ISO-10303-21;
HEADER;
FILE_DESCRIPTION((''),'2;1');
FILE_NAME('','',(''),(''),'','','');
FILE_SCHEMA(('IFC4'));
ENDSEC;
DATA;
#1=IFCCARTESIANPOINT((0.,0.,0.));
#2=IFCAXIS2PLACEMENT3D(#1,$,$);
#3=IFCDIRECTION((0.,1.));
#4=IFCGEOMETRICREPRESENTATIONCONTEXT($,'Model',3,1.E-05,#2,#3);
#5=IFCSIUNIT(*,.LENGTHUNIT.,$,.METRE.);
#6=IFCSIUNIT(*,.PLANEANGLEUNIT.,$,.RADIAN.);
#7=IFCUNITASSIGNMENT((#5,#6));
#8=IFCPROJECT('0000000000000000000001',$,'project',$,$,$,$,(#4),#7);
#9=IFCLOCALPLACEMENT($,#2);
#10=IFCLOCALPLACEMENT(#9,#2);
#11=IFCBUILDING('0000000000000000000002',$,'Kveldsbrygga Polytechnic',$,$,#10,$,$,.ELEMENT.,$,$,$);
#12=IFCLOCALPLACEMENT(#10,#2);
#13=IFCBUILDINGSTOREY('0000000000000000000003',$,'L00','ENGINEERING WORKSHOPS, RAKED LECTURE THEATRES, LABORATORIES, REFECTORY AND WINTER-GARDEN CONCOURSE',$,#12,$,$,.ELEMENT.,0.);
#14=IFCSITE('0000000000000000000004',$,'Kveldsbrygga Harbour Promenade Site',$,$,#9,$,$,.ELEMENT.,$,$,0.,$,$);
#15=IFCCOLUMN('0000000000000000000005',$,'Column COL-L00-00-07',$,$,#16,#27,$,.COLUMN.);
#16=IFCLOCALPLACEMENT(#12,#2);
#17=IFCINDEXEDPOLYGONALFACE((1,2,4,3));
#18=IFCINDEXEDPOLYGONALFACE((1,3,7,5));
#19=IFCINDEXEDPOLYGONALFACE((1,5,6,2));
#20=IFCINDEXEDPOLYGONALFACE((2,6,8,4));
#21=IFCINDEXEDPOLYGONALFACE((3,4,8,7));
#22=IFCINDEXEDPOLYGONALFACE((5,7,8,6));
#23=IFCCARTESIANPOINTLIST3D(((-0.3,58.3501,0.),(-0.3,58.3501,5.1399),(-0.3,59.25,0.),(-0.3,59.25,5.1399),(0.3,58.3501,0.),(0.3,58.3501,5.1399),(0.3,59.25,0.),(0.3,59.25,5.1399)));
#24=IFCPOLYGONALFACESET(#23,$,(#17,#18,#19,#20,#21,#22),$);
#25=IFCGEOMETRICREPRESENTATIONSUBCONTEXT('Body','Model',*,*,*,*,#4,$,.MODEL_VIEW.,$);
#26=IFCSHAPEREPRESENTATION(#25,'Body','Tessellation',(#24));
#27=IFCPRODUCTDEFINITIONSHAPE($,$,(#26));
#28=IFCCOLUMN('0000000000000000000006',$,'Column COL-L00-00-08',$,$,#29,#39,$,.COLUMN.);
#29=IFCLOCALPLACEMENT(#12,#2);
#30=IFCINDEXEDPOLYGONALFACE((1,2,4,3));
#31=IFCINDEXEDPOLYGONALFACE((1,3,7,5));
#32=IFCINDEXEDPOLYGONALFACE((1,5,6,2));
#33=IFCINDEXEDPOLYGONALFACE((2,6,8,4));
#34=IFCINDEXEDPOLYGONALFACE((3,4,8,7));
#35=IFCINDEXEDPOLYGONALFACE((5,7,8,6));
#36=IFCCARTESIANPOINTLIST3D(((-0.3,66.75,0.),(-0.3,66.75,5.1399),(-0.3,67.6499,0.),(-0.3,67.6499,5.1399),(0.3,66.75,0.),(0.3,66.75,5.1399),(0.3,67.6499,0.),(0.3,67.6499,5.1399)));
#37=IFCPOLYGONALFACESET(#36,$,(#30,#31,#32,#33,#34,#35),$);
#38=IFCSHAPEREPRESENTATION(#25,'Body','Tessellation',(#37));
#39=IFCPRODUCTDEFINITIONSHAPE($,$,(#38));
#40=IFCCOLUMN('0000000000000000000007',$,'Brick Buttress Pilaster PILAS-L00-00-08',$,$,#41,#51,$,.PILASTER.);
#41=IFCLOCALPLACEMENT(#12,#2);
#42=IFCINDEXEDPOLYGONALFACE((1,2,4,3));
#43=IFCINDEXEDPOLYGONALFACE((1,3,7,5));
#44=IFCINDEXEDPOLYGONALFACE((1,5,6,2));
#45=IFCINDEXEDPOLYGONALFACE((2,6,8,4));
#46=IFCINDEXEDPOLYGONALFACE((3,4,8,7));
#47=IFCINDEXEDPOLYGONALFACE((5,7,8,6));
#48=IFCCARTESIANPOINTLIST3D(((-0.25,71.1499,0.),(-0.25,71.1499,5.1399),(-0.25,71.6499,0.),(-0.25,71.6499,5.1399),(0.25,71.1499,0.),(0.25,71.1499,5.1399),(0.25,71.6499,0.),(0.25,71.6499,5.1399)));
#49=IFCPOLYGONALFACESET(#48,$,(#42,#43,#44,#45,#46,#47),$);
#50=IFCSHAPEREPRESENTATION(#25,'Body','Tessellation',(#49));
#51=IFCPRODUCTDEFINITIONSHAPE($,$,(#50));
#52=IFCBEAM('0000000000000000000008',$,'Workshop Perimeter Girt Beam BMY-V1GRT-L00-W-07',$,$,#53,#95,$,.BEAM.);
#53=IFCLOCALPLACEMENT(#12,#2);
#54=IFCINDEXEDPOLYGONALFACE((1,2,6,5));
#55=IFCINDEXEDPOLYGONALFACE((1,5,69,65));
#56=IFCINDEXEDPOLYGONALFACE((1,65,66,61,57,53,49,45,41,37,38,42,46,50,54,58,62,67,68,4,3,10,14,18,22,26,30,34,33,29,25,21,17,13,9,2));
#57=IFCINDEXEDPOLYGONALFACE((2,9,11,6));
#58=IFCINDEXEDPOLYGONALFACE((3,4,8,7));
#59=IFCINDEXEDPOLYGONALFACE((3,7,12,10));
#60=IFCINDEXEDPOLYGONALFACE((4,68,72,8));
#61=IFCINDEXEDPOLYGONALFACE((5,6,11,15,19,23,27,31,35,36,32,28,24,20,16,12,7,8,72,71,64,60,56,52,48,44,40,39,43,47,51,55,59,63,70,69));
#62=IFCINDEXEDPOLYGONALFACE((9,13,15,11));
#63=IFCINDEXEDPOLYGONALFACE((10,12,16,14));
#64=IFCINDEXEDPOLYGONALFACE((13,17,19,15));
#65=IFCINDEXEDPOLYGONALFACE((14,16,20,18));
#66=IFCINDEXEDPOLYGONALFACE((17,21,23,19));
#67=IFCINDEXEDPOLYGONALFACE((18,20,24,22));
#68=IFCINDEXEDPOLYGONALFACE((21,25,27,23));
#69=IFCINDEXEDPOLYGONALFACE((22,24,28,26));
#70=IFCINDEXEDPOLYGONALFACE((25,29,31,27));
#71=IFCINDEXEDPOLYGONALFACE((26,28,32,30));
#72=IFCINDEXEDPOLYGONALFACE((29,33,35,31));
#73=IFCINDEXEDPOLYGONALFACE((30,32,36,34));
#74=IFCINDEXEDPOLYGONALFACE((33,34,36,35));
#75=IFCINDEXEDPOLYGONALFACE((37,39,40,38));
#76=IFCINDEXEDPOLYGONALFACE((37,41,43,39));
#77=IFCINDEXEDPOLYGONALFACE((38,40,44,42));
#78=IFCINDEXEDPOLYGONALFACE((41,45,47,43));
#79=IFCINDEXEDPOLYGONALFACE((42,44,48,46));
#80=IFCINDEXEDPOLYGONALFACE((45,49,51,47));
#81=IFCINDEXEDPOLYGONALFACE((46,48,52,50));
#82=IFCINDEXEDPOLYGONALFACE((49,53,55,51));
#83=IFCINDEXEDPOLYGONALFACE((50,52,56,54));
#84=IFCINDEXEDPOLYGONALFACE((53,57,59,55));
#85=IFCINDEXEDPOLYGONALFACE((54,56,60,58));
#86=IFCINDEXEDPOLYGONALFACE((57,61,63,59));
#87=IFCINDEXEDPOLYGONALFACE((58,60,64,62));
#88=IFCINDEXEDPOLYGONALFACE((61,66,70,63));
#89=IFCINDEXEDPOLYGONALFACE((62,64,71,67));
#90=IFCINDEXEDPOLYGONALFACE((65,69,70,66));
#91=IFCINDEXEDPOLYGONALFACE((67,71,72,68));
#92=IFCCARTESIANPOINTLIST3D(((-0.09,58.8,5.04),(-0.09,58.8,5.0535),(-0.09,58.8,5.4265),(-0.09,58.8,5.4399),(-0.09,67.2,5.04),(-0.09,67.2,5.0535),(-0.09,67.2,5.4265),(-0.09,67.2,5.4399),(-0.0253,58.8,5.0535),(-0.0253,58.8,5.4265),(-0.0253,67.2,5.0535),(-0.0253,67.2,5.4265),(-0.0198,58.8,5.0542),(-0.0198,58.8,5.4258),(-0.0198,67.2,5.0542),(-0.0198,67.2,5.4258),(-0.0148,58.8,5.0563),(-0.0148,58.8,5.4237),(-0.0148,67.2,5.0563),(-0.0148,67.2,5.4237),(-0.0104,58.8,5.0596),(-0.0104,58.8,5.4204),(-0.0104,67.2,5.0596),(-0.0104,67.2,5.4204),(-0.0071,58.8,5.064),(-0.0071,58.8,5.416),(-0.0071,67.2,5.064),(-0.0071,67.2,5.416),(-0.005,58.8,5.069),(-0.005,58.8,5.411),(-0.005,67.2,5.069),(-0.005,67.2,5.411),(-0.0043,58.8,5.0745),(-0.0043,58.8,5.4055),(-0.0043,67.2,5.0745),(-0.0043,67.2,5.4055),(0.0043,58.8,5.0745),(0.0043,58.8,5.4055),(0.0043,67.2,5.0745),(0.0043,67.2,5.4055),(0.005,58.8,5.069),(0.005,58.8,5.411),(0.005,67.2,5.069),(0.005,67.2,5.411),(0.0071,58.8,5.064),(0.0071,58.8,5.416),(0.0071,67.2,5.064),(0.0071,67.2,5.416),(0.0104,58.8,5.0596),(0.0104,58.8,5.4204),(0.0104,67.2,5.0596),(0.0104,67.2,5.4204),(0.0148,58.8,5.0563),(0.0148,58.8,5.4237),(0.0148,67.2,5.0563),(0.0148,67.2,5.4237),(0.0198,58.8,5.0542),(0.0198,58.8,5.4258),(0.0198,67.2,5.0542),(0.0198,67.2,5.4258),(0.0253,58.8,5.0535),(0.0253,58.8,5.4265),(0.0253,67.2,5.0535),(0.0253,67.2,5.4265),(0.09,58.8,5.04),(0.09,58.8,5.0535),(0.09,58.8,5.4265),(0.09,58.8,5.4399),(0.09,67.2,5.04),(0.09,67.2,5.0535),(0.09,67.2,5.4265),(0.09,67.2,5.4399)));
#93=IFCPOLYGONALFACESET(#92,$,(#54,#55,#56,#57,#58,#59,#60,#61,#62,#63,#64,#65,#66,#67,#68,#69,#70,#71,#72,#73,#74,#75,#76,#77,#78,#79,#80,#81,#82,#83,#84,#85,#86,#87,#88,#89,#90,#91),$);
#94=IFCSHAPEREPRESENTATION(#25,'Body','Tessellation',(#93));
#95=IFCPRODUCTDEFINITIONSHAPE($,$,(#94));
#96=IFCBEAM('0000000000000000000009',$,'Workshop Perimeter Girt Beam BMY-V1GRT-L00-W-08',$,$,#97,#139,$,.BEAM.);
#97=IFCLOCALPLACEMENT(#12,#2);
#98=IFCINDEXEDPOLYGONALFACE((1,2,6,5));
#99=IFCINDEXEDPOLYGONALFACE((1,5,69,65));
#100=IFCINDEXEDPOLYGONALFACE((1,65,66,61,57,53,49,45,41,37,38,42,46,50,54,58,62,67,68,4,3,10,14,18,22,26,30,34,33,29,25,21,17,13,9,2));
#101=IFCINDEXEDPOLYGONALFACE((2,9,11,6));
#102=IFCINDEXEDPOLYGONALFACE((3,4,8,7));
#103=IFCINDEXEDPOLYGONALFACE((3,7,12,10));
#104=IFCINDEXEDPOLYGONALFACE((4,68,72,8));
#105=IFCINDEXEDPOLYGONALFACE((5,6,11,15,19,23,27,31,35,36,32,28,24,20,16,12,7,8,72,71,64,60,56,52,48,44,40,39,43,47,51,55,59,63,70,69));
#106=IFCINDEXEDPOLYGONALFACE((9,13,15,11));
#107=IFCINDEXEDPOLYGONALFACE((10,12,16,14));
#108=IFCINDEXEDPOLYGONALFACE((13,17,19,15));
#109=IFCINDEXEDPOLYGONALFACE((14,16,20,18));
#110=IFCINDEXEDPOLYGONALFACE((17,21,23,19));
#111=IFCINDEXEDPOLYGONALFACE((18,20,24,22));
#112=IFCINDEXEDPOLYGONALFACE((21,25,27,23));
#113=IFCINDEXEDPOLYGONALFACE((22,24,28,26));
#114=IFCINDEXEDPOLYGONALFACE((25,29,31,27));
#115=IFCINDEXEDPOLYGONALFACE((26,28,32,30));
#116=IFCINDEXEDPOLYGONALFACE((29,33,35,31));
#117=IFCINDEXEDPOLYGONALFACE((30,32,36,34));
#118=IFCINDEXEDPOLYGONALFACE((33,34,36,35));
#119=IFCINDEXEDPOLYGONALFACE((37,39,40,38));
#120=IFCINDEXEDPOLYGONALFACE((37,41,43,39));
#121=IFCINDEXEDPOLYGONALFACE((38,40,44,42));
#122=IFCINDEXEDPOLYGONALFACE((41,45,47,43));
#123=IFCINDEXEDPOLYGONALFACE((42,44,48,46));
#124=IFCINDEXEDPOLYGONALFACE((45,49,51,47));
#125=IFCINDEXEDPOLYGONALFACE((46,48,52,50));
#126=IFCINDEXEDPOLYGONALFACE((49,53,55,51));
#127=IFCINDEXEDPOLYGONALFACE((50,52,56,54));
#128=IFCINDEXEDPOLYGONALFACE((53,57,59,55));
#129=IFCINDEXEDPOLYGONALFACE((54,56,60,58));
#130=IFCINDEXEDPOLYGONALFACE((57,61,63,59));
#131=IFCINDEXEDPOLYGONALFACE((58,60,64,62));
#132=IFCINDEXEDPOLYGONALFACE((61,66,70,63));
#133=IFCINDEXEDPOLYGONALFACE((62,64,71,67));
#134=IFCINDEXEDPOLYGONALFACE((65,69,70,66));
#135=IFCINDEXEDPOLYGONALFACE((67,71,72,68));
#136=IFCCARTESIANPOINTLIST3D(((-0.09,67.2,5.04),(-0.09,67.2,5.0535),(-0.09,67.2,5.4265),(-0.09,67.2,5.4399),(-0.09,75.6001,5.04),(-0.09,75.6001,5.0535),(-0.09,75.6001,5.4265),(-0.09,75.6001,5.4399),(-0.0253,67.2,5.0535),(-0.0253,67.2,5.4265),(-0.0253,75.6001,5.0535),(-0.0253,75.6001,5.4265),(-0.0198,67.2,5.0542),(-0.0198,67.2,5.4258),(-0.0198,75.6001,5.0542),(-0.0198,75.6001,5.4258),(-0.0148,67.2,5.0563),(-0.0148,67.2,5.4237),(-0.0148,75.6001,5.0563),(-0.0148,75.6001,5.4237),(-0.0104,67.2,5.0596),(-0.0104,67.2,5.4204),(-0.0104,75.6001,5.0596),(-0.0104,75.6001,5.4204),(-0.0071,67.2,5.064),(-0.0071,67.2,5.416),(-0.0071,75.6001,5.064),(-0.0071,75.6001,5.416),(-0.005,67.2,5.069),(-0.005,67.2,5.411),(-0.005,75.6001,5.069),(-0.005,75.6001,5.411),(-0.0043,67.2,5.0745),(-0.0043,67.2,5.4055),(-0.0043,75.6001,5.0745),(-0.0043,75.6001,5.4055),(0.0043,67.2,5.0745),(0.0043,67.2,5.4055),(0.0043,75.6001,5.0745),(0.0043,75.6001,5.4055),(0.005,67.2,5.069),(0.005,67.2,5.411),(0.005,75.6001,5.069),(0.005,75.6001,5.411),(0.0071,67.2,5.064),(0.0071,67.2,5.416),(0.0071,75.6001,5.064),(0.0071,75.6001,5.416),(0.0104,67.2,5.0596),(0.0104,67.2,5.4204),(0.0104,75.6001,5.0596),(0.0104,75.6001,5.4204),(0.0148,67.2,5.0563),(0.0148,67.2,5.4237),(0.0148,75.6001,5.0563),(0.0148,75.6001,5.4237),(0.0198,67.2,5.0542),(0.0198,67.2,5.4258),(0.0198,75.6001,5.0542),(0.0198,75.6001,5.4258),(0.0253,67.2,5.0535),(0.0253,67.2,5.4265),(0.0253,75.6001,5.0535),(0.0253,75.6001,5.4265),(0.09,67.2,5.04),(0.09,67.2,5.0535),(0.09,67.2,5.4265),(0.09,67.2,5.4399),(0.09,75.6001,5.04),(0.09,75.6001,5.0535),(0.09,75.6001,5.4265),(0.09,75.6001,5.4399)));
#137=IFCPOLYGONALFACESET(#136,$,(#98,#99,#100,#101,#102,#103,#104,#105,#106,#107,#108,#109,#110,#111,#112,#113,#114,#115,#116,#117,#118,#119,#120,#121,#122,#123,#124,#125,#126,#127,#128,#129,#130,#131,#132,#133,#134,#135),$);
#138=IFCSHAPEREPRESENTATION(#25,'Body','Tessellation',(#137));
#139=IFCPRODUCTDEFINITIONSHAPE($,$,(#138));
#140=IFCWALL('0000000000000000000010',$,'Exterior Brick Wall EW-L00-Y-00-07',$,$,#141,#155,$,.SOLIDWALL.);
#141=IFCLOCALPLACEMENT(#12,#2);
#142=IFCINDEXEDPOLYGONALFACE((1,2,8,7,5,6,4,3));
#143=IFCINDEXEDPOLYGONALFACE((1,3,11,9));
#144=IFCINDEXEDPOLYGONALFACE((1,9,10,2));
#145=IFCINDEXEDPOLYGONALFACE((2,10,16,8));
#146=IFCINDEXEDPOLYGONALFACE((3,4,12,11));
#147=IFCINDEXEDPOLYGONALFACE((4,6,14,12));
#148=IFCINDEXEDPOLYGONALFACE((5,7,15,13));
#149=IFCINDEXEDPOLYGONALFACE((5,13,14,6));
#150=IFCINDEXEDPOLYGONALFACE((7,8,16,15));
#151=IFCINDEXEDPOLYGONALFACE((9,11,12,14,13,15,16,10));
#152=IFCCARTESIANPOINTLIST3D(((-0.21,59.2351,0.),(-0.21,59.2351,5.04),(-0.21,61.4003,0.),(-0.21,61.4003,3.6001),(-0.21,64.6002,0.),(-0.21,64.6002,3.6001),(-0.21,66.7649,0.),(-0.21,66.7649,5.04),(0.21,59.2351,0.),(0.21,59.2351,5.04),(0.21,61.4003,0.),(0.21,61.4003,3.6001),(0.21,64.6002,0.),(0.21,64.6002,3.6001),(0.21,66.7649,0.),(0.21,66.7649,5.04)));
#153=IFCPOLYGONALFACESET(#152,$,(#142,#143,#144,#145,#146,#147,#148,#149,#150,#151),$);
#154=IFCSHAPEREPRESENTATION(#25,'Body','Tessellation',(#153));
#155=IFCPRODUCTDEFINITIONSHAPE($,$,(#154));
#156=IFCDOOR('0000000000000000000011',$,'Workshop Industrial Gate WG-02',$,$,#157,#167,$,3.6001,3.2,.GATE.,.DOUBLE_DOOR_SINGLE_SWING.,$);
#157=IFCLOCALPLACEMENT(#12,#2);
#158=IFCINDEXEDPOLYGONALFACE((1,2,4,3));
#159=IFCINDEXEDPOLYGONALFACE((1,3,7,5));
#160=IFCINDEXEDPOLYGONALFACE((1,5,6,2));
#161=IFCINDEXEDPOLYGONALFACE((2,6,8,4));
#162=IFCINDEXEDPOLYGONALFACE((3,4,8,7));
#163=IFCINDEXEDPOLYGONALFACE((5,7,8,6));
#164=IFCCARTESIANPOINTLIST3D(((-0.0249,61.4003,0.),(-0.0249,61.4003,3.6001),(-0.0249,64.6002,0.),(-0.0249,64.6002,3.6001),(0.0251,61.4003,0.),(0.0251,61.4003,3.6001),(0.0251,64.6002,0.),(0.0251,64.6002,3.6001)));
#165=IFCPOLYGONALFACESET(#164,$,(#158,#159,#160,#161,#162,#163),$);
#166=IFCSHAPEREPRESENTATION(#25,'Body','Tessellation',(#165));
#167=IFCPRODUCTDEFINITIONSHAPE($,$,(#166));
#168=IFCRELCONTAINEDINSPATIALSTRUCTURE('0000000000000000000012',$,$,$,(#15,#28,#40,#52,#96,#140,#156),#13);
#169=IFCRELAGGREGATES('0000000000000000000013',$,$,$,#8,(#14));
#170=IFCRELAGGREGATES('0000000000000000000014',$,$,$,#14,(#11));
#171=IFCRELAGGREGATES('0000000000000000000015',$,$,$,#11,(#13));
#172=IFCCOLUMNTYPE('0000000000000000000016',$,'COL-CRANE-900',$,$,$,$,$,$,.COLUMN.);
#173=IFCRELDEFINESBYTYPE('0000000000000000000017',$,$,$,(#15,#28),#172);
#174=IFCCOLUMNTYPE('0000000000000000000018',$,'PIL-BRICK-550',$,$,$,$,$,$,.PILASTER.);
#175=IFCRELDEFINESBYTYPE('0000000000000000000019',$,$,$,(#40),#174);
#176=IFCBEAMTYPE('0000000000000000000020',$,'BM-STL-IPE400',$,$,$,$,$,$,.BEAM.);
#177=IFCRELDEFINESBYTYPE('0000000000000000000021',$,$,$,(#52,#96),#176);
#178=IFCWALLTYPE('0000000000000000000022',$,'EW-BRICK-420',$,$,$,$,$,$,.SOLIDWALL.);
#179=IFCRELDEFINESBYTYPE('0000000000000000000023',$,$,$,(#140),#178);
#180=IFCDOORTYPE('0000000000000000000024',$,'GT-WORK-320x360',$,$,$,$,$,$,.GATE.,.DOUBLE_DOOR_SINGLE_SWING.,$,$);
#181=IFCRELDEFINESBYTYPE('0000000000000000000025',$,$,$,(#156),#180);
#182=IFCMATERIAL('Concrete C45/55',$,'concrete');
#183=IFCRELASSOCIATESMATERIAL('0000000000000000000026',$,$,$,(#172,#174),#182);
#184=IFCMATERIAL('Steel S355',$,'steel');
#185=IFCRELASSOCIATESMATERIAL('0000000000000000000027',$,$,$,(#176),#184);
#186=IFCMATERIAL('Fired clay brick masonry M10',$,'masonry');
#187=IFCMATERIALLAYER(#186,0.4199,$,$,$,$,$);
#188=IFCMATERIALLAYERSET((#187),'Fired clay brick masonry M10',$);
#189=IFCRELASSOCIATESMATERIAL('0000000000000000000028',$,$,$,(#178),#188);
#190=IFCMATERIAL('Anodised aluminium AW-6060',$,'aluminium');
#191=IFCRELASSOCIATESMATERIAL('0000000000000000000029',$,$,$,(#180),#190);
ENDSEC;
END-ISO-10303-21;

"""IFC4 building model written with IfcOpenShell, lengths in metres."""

from ifc_helpers import new_model, si_unit, direction, frame, frame_2d, origin, origin_2d, place, context, subcontext, project, spatial, rectangle, i_section, extrude, material, layer, layer_set, material_profile, profile_set, type_object, element, fill, save


model = new_model("IFC4")

# Units and contexts
model_context = context("Model", 3, precision=1e-05, world=origin(), true_north=direction((0.0, 1.0)))
body_context = subcontext(model_context, "Body", "Model", "MODEL_VIEW")
ifc_project = project(units=[si_unit("LENGTHUNIT", "METRE"), si_unit("PLANEANGLEUNIT", "RADIAN")], contexts=[model_context])

# Site, building, storey
site_placement = place(None, origin())
site = spatial("IfcSite", under=ifc_project, at=site_placement, Name="Kveldsbrygga Harbour Promenade Site", CompositionType="ELEMENT", RefElevation=0.0)
building_placement = place(site_placement, origin())
building = spatial("IfcBuilding", under=site, at=building_placement, Name="Kveldsbrygga Polytechnic", CompositionType="ELEMENT")
storey_placement = place(building_placement, origin())
storey = spatial("IfcBuildingStorey", under=building, at=storey_placement, Name="L00", Description="ENGINEERING WORKSHOPS, RAKED LECTURE THEATRES, LABORATORIES, REFECTORY AND WINTER-GARDEN CONCOURSE", CompositionType="ELEMENT", Elevation=0.0)

# Columns
ifc_material_1 = material(Name="Concrete C45/55", Category="concrete")
ifc_material_profile_1 = material_profile(ifc_material_1, rectangle(XDim=0.6001, YDim=0.8999, at=origin_2d()), Name="RC 600x900")
ifc_profile_set_1 = profile_set([ifc_material_profile_1], Name="Concrete C45/55")
column_type_1 = type_object("IfcColumnType", Name="COL-CRANE-900", PredefinedType="COLUMN", material=ifc_profile_set_1)
for number, where, z_axis, x_axis, name in (
    (1, (0.0, 58.8, 0.0), (0.0, 0.0, 1.0), (1.0, 0.0, 0.0), "Column COL-L00-00-07"),
    (2, (0.0, 67.2, 0.0), (0.0, 0.0, 1.0), (1.0, 0.0, 0.0), "Column COL-L00-00-08"),
):
    element("IfcColumn", number, at=place(storey_placement, frame(where, z_axis=z_axis, x_axis=x_axis)), inside=storey, type_object=column_type_1, Name=name, PredefinedType="COLUMN", context=body_context, shape_type="SweptSolid", body=[
        extrude(rectangle(XDim=0.6001, YDim=0.8999, at=origin_2d()), origin(), (0.0, 0.0, 1.0), 5.1399),
    ])
ifc_material_profile_2 = material_profile(ifc_material_1, rectangle(XDim=0.5, YDim=0.5, at=origin_2d()), Name="RC 500x500")
ifc_profile_set_2 = profile_set([ifc_material_profile_2], Name="Concrete C45/55")
column_type_2 = type_object("IfcColumnType", Name="PIL-BRICK-550", PredefinedType="PILASTER", material=ifc_profile_set_2)
column_placement = place(storey_placement, frame((0.0, 71.3999, 0.0), z_axis=(0.0, 0.0, 1.0), x_axis=(1.0, 0.0, 0.0)))
element("IfcColumn", 3, at=column_placement, inside=storey, type_object=column_type_2, Name="Brick Buttress Pilaster PILAS-L00-00-08", PredefinedType="PILASTER", context=body_context, shape_type="SweptSolid", body=[
    extrude(rectangle(XDim=0.5, YDim=0.5, at=origin_2d()), origin(), (0.0, 0.0, 1.0), 5.1399),
])

# Beams
ifc_material_2 = material(Name="Steel S355", Category="steel")
ifc_material_profile_3 = material_profile(ifc_material_2, i_section(OverallWidth=0.1799, OverallDepth=0.3999, WebThickness=0.0085, FlangeThickness=0.0134, FilletRadius=0.021, at=origin_2d()), Name="IPE 400")
ifc_profile_set_3 = profile_set([ifc_material_profile_3], Name="Steel S355")
beam_type = type_object("IfcBeamType", Name="BM-STL-IPE400", PredefinedType="BEAM", material=ifc_profile_set_3)
beam_1_placement = place(storey_placement, frame((0.0, 58.8, 5.24), z_axis=(0.0, 1.0, 0.0), x_axis=(-1.0, 0.0, 0.0)))
element("IfcBeam", 4, at=beam_1_placement, inside=storey, type_object=beam_type, Name="Workshop Perimeter Girt Beam BMY-V1GRT-L00-W-07", PredefinedType="BEAM", context=body_context, shape_type="SweptSolid", body=[
    extrude(i_section(OverallWidth=0.1799, OverallDepth=0.3999, WebThickness=0.0085, FlangeThickness=0.0134, FilletRadius=0.021, at=origin_2d()), origin(), (0.0, 0.0, 1.0), 8.3999),
])
beam_2_placement = place(storey_placement, frame((0.0, 67.2, 5.24), z_axis=(0.0, 1.0, 0.0), x_axis=(-1.0, 0.0, 0.0)))
element("IfcBeam", 5, at=beam_2_placement, inside=storey, type_object=beam_type, Name="Workshop Perimeter Girt Beam BMY-V1GRT-L00-W-08", PredefinedType="BEAM", context=body_context, shape_type="SweptSolid", body=[
    extrude(i_section(OverallWidth=0.1799, OverallDepth=0.3999, WebThickness=0.0085, FlangeThickness=0.0134, FilletRadius=0.021, at=origin_2d()), origin(), (0.0, 0.0, 1.0), 8.4001),
])

# Wall, opening, door
ifc_material_3 = material(Name="Fired clay brick masonry M10", Category="masonry")
ifc_layer_1 = layer(ifc_material_3, 0.4199)
ifc_layer_set_1 = layer_set([ifc_layer_1], Name="Fired clay brick masonry M10")
wall_type_1 = type_object("IfcWallType", Name="EW-BRICK-420", PredefinedType="SOLIDWALL", material=ifc_layer_set_1)
wall_1_placement = place(storey_placement, frame((0.0, 59.2351, 0.0), z_axis=(0.0, 0.0, 1.0), x_axis=(0.0, 1.0, 0.0)))
wall_1 = element("IfcWall", 6, at=wall_1_placement, inside=storey, type_object=wall_type_1, Name="Exterior Brick Wall EW-L00-Y-00-07", PredefinedType="SOLIDWALL", context=body_context, shape_type="SweptSolid", body=[
    extrude(rectangle(XDim=7.5298, YDim=0.4199, at=frame_2d((3.7649, 0.0))), origin(), (0.0, 0.0, 1.0), 5.04),
])
opening_1_placement = place(wall_1_placement, frame((2.165, 0.0, 0.0)))
opening_1 = element("IfcOpeningElement", 7, at=opening_1_placement, cuts=wall_1, PredefinedType="OPENING", context=body_context, shape_type="SweptSolid", body=[
    extrude(rectangle(XDim=3.2, YDim=3.6001, at=frame_2d((1.6001, 1.8))), frame((0.0, 0.22, 0.0), z_axis=(0.0, -1.0, 0.0), x_axis=(1.0, 0.0, 0.0)), (0.0, 0.0, 1.0), 0.4399),
])
ifc_material_4 = material(Name="Anodised aluminium AW-6060", Category="aluminium")
door_type = type_object("IfcDoorType", Name="GT-WORK-320x360", OperationType="DOUBLE_DOOR_SINGLE_SWING", PredefinedType="GATE", material=ifc_material_4)
door_placement = place(opening_1_placement, origin())
door = element("IfcDoor", 8, at=door_placement, inside=storey, type_object=door_type, Name="Workshop Industrial Gate WG-02", OperationType="DOUBLE_DOOR_SINGLE_SWING", OverallHeight=3.6001, OverallWidth=3.2, PredefinedType="GATE", context=body_context, shape_type="SweptSolid", body=[
    extrude(rectangle(XDim=3.2, YDim=3.6001, at=frame_2d((1.6001, 1.8))), frame((0.0, 0.0249, 0.0), z_axis=(0.0, -1.0, 0.0), x_axis=(1.0, 0.0, 0.0)), (0.0, 0.0, 1.0), 0.05),
])
fill(opening_1, door)

save(model, "model.ifc")
